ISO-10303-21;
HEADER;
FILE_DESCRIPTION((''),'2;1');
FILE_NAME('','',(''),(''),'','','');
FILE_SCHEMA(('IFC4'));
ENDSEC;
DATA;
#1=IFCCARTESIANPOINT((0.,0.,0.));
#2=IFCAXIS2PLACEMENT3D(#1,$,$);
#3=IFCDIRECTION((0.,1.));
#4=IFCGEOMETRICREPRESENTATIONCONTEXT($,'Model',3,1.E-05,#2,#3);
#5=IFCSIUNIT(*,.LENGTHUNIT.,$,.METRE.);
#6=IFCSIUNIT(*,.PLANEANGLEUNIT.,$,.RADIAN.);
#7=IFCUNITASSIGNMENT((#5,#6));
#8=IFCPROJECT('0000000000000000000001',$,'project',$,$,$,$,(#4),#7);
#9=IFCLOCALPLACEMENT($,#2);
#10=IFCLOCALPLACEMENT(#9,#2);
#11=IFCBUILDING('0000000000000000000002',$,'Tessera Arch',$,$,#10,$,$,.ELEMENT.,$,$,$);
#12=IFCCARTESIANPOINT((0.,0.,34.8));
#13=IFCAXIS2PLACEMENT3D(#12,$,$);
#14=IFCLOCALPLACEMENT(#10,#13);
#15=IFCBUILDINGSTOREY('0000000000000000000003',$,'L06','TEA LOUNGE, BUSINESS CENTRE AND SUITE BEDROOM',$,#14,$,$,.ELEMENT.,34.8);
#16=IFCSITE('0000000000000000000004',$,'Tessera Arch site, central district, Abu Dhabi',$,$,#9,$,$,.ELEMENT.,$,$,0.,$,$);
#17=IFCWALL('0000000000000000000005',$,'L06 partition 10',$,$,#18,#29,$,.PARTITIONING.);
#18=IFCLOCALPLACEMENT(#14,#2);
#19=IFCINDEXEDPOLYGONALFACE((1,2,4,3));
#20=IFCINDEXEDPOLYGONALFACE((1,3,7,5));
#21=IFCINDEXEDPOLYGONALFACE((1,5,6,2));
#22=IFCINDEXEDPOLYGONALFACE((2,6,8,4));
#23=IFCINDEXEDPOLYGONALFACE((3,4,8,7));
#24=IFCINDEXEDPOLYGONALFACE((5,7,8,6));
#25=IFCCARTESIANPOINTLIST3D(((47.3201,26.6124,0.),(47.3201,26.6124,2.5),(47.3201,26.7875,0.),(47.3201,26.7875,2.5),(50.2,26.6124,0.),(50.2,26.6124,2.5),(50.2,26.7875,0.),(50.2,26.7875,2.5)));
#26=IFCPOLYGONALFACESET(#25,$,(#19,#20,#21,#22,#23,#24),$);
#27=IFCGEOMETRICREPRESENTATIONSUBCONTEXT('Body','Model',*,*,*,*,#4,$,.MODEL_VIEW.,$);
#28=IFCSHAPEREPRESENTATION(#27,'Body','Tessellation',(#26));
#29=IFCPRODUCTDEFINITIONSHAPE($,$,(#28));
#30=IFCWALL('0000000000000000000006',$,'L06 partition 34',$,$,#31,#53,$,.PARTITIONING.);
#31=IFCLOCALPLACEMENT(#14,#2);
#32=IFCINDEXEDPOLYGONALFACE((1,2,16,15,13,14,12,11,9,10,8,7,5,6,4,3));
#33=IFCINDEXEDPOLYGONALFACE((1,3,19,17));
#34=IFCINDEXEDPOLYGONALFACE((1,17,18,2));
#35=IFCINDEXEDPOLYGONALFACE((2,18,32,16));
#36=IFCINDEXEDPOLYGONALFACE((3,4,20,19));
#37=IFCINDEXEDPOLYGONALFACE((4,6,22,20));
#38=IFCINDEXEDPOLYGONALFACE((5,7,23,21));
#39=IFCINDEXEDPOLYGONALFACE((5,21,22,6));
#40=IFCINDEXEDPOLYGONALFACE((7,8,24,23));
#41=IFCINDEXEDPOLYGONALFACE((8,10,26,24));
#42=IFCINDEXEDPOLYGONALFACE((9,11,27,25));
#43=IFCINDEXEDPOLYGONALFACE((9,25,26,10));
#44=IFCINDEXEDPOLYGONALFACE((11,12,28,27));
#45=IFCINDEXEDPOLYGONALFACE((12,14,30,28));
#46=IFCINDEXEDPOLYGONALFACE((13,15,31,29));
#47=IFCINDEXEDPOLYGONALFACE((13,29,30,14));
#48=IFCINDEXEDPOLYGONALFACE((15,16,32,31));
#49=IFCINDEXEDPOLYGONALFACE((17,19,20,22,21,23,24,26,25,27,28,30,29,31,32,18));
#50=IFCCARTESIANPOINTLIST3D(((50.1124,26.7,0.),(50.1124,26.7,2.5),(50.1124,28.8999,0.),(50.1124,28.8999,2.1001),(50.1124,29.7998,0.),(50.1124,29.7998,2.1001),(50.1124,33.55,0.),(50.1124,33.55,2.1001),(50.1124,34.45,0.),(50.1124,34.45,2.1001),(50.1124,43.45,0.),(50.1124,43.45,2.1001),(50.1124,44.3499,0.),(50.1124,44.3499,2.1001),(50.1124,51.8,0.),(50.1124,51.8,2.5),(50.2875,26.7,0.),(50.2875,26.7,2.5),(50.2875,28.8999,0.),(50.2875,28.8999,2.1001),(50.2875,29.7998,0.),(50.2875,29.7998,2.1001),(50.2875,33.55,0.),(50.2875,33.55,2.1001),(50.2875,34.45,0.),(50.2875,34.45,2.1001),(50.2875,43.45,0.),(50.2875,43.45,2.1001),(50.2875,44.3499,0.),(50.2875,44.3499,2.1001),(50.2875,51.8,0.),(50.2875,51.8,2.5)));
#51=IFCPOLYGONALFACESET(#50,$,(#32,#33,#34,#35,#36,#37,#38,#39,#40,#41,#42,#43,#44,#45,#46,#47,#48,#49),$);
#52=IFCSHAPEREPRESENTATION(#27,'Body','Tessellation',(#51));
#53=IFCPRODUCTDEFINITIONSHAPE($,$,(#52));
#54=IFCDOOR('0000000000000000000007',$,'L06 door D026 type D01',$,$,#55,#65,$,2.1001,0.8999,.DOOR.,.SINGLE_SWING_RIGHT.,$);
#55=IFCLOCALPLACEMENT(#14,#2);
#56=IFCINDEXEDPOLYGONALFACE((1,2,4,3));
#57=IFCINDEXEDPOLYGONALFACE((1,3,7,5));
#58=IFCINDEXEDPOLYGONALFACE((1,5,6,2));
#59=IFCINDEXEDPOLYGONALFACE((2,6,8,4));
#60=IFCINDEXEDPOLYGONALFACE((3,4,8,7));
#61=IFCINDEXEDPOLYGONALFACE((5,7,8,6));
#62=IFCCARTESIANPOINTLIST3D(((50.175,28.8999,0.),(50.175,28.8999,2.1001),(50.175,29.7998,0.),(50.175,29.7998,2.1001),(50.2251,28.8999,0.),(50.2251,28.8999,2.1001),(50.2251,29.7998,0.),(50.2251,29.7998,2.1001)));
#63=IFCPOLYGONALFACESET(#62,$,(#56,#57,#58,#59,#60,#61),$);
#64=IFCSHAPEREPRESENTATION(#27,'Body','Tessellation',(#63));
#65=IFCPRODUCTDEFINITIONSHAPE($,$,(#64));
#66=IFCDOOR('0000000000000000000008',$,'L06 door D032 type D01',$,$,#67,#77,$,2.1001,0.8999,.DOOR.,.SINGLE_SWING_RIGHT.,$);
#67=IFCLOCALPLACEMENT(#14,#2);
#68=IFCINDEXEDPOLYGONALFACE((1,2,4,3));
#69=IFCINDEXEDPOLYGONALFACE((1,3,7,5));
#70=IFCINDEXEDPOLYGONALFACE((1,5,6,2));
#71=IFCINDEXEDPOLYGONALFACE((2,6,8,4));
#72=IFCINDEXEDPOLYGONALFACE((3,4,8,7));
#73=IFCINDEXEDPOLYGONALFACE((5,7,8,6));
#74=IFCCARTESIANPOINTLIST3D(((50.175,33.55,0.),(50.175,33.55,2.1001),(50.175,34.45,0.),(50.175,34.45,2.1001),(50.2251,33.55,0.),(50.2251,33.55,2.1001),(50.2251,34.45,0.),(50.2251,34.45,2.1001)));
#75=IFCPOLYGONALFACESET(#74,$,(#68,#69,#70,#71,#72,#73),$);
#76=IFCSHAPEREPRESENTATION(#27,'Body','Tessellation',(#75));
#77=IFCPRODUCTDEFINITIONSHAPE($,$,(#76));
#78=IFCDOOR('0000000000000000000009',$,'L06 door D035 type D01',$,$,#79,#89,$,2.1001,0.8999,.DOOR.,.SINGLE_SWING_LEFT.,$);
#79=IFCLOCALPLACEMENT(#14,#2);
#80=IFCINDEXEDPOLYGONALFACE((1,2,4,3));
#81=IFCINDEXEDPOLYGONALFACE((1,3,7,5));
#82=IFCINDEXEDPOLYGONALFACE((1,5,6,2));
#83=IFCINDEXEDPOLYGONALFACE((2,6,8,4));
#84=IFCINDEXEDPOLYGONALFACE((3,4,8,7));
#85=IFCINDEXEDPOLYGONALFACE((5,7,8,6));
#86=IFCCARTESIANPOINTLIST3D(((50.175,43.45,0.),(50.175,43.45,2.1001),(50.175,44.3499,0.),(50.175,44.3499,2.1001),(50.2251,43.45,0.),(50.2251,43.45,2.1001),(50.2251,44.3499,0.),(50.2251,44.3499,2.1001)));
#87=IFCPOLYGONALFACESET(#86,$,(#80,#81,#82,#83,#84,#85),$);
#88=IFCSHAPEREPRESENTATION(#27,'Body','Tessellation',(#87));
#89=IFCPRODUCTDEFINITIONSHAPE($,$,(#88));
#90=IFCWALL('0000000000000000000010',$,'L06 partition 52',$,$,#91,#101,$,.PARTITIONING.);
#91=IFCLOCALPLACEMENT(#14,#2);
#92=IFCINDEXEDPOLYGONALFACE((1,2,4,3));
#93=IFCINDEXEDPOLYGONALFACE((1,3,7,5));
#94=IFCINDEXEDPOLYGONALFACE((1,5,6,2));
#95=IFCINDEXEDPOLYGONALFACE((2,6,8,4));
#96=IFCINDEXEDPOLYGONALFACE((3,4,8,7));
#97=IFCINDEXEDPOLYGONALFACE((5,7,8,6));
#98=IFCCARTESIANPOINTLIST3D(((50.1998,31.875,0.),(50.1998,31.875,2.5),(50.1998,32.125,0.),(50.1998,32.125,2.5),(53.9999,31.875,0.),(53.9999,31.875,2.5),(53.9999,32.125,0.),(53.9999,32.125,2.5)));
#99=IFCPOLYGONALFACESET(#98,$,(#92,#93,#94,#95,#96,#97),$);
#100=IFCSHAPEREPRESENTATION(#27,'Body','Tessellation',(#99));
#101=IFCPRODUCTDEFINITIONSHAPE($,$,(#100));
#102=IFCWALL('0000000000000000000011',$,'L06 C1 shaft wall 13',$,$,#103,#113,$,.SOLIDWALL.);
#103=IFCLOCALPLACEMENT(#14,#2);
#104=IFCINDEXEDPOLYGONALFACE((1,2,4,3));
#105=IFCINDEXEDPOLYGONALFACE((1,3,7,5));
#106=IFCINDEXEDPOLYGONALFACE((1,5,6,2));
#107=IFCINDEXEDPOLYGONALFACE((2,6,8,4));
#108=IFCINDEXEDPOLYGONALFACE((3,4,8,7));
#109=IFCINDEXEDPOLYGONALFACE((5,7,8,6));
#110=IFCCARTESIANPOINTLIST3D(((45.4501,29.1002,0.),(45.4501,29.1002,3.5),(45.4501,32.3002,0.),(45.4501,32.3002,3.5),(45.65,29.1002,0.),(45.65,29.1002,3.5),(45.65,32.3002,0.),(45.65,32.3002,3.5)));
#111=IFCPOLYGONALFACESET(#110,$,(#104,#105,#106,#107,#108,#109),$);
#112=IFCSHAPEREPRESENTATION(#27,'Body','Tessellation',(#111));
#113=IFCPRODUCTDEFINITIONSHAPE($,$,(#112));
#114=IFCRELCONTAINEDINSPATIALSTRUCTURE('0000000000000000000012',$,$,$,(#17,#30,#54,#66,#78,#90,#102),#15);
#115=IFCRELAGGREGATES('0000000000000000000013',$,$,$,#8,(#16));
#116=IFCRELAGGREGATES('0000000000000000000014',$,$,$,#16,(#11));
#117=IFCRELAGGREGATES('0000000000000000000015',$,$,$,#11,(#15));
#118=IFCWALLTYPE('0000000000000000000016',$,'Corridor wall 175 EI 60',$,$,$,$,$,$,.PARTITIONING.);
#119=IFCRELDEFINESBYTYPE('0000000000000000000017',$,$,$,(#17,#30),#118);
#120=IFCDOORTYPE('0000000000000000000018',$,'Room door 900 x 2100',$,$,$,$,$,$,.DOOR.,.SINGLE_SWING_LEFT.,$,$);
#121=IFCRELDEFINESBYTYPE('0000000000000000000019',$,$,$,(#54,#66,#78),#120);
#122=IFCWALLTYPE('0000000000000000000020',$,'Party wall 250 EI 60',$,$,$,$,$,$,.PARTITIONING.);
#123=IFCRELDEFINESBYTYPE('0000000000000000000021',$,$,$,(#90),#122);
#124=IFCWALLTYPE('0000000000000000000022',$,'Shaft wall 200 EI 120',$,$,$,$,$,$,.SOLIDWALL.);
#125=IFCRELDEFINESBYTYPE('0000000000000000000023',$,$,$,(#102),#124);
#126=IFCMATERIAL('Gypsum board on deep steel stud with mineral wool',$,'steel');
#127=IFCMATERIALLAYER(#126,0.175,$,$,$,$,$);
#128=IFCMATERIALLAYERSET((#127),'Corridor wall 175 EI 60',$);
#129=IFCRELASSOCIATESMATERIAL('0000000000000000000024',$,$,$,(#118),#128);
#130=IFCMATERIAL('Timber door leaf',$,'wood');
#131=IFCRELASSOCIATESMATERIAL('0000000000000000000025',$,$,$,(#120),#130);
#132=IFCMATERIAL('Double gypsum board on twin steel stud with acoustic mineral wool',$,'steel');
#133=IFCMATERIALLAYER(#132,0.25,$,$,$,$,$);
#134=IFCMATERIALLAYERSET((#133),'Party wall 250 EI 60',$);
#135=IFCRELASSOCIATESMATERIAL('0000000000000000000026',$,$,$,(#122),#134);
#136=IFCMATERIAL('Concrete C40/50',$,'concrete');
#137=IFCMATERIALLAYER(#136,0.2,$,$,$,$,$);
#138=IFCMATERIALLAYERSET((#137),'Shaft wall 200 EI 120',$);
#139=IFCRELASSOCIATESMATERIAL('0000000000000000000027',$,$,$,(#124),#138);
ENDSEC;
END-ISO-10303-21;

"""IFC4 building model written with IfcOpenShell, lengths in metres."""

from ifc_helpers import new_model, si_unit, direction, frame, frame_2d, origin, place, context, subcontext, project, spatial, rectangle, extrude, material, layer, layer_set, type_object, element, fill, save


model = new_model("IFC4")

# Units and contexts
model_context = context("Model", 3, precision=1e-05, world=origin(), true_north=direction((0.0, 1.0)))
body_context = subcontext(model_context, "Body", "Model", "MODEL_VIEW")
ifc_project = project(units=[si_unit("LENGTHUNIT", "METRE"), si_unit("PLANEANGLEUNIT", "RADIAN")], contexts=[model_context])

# Site, building, storey
site_placement = place(None, origin())
site = spatial("IfcSite", under=ifc_project, at=site_placement, Name="Tessera Arch site, central district, Abu Dhabi", CompositionType="ELEMENT", RefElevation=0.0)
building_placement = place(site_placement, origin())
building = spatial("IfcBuilding", under=site, at=building_placement, Name="Tessera Arch", CompositionType="ELEMENT")
storey_placement = place(building_placement, frame((0.0, 0.0, 34.8)))
storey = spatial("IfcBuildingStorey", under=building, at=storey_placement, Name="L06", Description="TEA LOUNGE, BUSINESS CENTRE AND SUITE BEDROOM", CompositionType="ELEMENT", Elevation=34.8)

# Wall
ifc_material_1 = material(Name="Gypsum board on deep steel stud with mineral wool", Category="steel")
ifc_layer_1 = layer(ifc_material_1, 0.175)
ifc_layer_set_1 = layer_set([ifc_layer_1], Name="Corridor wall 175 EI 60")
wall_type_1 = type_object("IfcWallType", Name="Corridor wall 175 EI 60", PredefinedType="PARTITIONING", material=ifc_layer_set_1)
wall_1_placement = place(storey_placement, frame((47.3201, 26.7, 0.0), z_axis=(0.0, 0.0, 1.0), x_axis=(1.0, 0.0, 0.0)))
element("IfcWall", 1, at=wall_1_placement, inside=storey, type_object=wall_type_1, Name="L06 partition 10", PredefinedType="PARTITIONING", context=body_context, shape_type="SweptSolid", body=[
    extrude(rectangle(XDim=2.8799, YDim=0.175, at=frame_2d((1.4399, 0.0))), origin(), (0.0, 0.0, 1.0), 2.5),
])

# Wall, openings, doors
wall_2_placement = place(storey_placement, frame((50.2, 26.7, 0.0), z_axis=(0.0, 0.0, 1.0), x_axis=(0.0, 1.0, 0.0)))
wall_2 = element("IfcWall", 2, at=wall_2_placement, inside=storey, type_object=wall_type_1, Name="L06 partition 34", PredefinedType="PARTITIONING", context=body_context, shape_type="SweptSolid", body=[
    extrude(rectangle(XDim=25.1001, YDim=0.175, at=frame_2d((12.55, 0.0))), origin(), (0.0, 0.0, 1.0), 2.5),
])
opening_1_placement = place(wall_2_placement, frame((2.2, 0.0, 0.0)))
opening_1 = element("IfcOpeningElement", 3, at=opening_1_placement, cuts=wall_2, PredefinedType="OPENING", context=body_context, shape_type="SweptSolid", body=[
    extrude(rectangle(XDim=0.8999, YDim=2.1001, at=frame_2d((0.45, 1.05))), frame((0.0, 0.0974, 0.0), z_axis=(0.0, -1.0, 0.0), x_axis=(1.0, 0.0, 0.0)), (0.0, 0.0, 1.0), 0.1951),
])
opening_2_placement = place(wall_2_placement, frame((6.8501, 0.0, 0.0)))
opening_2 = element("IfcOpeningElement", 4, at=opening_2_placement, cuts=wall_2, PredefinedType="OPENING", context=body_context, shape_type="SweptSolid", body=[
    extrude(rectangle(XDim=0.8999, YDim=2.1001, at=frame_2d((0.45, 1.05))), frame((0.0, 0.0974, 0.0), z_axis=(0.0, -1.0, 0.0), x_axis=(1.0, 0.0, 0.0)), (0.0, 0.0, 1.0), 0.1951),
])
opening_3_placement = place(wall_2_placement, frame((16.75, 0.0, 0.0)))
opening_3 = element("IfcOpeningElement", 5, at=opening_3_placement, cuts=wall_2, PredefinedType="OPENING", context=body_context, shape_type="SweptSolid", body=[
    extrude(rectangle(XDim=0.8999, YDim=2.1001, at=frame_2d((0.45, 1.05))), frame((0.0, 0.0974, 0.0), z_axis=(0.0, -1.0, 0.0), x_axis=(1.0, 0.0, 0.0)), (0.0, 0.0, 1.0), 0.1951),
])
ifc_material_2 = material(Name="Timber door leaf", Category="wood")
door_type_1 = type_object("IfcDoorType", Name="Room door 900 x 2100", OperationType="SINGLE_SWING_LEFT", PredefinedType="DOOR", material=ifc_material_2)
door_1_placement = place(opening_1_placement, origin())
door_1 = element("IfcDoor", 6, at=door_1_placement, inside=storey, type_object=door_type_1, Name="L06 door D026 type D01", OperationType="SINGLE_SWING_RIGHT", OverallHeight=2.1001, OverallWidth=0.8999, PredefinedType="DOOR", context=body_context, shape_type="SweptSolid", body=[
    extrude(rectangle(XDim=0.8999, YDim=2.1001, at=frame_2d((0.45, 1.05))), frame((0.0, 0.0249, 0.0), z_axis=(0.0, -1.0, 0.0), x_axis=(1.0, 0.0, 0.0)), (0.0, 0.0, 1.0), 0.05),
])
fill(opening_1, door_1)
door_2_placement = place(opening_2_placement, origin())
door_2 = element("IfcDoor", 7, at=door_2_placement, inside=storey, type_object=door_type_1, Name="L06 door D032 type D01", OperationType="SINGLE_SWING_RIGHT", OverallHeight=2.1001, OverallWidth=0.8999, PredefinedType="DOOR", context=body_context, shape_type="SweptSolid", body=[
    extrude(rectangle(XDim=0.8999, YDim=2.1001, at=frame_2d((0.45, 1.05))), frame((0.0, 0.0249, 0.0), z_axis=(0.0, -1.0, 0.0), x_axis=(1.0, 0.0, 0.0)), (0.0, 0.0, 1.0), 0.05),
])
fill(opening_2, door_2)
door_3_placement = place(opening_3_placement, origin())
door_3 = element("IfcDoor", 8, at=door_3_placement, inside=storey, type_object=door_type_1, Name="L06 door D035 type D01", OperationType="SINGLE_SWING_LEFT", OverallHeight=2.1001, OverallWidth=0.8999, PredefinedType="DOOR", context=body_context, shape_type="SweptSolid", body=[
    extrude(rectangle(XDim=0.8999, YDim=2.1001, at=frame_2d((0.45, 1.05))), frame((0.0, 0.0249, 0.0), z_axis=(0.0, -1.0, 0.0), x_axis=(1.0, 0.0, 0.0)), (0.0, 0.0, 1.0), 0.05),
])
fill(opening_3, door_3)

# Walls
ifc_material_3 = material(Name="Double gypsum board on twin steel stud with acoustic mineral wool", Category="steel")
ifc_layer_2 = layer(ifc_material_3, 0.25)
ifc_layer_set_2 = layer_set([ifc_layer_2], Name="Party wall 250 EI 60")
wall_type_2 = type_object("IfcWallType", Name="Party wall 250 EI 60", PredefinedType="PARTITIONING", material=ifc_layer_set_2)
wall_3_placement = place(storey_placement, frame((50.2, 32.0, 0.0), z_axis=(0.0, 0.0, 1.0), x_axis=(1.0, 0.0, 0.0)))
element("IfcWall", 9, at=wall_3_placement, inside=storey, type_object=wall_type_2, Name="L06 partition 52", PredefinedType="PARTITIONING", context=body_context, shape_type="SweptSolid", body=[
    extrude(rectangle(XDim=3.8, YDim=0.25, at=frame_2d((1.8999, 0.0))), origin(), (0.0, 0.0, 1.0), 2.5),
])
ifc_material_4 = material(Name="Concrete C40/50", Category="concrete")
ifc_layer_3 = layer(ifc_material_4, 0.2)
ifc_layer_set_3 = layer_set([ifc_layer_3], Name="Shaft wall 200 EI 120")
wall_type_3 = type_object("IfcWallType", Name="Shaft wall 200 EI 120", PredefinedType="SOLIDWALL", material=ifc_layer_set_3)
wall_4_placement = place(storey_placement, frame((45.55, 29.1001, 0.0), z_axis=(0.0, 0.0, 1.0), x_axis=(0.0, 1.0, 0.0)))
element("IfcWall", 10, at=wall_4_placement, inside=storey, type_object=wall_type_3, Name="L06 C1 shaft wall 13", PredefinedType="SOLIDWALL", context=body_context, shape_type="SweptSolid", body=[
    extrude(rectangle(XDim=3.2, YDim=0.2, at=frame_2d((1.6001, 0.0))), origin(), (0.0, 0.0, 1.0), 3.5),
])

save(model, "model.ifc")
